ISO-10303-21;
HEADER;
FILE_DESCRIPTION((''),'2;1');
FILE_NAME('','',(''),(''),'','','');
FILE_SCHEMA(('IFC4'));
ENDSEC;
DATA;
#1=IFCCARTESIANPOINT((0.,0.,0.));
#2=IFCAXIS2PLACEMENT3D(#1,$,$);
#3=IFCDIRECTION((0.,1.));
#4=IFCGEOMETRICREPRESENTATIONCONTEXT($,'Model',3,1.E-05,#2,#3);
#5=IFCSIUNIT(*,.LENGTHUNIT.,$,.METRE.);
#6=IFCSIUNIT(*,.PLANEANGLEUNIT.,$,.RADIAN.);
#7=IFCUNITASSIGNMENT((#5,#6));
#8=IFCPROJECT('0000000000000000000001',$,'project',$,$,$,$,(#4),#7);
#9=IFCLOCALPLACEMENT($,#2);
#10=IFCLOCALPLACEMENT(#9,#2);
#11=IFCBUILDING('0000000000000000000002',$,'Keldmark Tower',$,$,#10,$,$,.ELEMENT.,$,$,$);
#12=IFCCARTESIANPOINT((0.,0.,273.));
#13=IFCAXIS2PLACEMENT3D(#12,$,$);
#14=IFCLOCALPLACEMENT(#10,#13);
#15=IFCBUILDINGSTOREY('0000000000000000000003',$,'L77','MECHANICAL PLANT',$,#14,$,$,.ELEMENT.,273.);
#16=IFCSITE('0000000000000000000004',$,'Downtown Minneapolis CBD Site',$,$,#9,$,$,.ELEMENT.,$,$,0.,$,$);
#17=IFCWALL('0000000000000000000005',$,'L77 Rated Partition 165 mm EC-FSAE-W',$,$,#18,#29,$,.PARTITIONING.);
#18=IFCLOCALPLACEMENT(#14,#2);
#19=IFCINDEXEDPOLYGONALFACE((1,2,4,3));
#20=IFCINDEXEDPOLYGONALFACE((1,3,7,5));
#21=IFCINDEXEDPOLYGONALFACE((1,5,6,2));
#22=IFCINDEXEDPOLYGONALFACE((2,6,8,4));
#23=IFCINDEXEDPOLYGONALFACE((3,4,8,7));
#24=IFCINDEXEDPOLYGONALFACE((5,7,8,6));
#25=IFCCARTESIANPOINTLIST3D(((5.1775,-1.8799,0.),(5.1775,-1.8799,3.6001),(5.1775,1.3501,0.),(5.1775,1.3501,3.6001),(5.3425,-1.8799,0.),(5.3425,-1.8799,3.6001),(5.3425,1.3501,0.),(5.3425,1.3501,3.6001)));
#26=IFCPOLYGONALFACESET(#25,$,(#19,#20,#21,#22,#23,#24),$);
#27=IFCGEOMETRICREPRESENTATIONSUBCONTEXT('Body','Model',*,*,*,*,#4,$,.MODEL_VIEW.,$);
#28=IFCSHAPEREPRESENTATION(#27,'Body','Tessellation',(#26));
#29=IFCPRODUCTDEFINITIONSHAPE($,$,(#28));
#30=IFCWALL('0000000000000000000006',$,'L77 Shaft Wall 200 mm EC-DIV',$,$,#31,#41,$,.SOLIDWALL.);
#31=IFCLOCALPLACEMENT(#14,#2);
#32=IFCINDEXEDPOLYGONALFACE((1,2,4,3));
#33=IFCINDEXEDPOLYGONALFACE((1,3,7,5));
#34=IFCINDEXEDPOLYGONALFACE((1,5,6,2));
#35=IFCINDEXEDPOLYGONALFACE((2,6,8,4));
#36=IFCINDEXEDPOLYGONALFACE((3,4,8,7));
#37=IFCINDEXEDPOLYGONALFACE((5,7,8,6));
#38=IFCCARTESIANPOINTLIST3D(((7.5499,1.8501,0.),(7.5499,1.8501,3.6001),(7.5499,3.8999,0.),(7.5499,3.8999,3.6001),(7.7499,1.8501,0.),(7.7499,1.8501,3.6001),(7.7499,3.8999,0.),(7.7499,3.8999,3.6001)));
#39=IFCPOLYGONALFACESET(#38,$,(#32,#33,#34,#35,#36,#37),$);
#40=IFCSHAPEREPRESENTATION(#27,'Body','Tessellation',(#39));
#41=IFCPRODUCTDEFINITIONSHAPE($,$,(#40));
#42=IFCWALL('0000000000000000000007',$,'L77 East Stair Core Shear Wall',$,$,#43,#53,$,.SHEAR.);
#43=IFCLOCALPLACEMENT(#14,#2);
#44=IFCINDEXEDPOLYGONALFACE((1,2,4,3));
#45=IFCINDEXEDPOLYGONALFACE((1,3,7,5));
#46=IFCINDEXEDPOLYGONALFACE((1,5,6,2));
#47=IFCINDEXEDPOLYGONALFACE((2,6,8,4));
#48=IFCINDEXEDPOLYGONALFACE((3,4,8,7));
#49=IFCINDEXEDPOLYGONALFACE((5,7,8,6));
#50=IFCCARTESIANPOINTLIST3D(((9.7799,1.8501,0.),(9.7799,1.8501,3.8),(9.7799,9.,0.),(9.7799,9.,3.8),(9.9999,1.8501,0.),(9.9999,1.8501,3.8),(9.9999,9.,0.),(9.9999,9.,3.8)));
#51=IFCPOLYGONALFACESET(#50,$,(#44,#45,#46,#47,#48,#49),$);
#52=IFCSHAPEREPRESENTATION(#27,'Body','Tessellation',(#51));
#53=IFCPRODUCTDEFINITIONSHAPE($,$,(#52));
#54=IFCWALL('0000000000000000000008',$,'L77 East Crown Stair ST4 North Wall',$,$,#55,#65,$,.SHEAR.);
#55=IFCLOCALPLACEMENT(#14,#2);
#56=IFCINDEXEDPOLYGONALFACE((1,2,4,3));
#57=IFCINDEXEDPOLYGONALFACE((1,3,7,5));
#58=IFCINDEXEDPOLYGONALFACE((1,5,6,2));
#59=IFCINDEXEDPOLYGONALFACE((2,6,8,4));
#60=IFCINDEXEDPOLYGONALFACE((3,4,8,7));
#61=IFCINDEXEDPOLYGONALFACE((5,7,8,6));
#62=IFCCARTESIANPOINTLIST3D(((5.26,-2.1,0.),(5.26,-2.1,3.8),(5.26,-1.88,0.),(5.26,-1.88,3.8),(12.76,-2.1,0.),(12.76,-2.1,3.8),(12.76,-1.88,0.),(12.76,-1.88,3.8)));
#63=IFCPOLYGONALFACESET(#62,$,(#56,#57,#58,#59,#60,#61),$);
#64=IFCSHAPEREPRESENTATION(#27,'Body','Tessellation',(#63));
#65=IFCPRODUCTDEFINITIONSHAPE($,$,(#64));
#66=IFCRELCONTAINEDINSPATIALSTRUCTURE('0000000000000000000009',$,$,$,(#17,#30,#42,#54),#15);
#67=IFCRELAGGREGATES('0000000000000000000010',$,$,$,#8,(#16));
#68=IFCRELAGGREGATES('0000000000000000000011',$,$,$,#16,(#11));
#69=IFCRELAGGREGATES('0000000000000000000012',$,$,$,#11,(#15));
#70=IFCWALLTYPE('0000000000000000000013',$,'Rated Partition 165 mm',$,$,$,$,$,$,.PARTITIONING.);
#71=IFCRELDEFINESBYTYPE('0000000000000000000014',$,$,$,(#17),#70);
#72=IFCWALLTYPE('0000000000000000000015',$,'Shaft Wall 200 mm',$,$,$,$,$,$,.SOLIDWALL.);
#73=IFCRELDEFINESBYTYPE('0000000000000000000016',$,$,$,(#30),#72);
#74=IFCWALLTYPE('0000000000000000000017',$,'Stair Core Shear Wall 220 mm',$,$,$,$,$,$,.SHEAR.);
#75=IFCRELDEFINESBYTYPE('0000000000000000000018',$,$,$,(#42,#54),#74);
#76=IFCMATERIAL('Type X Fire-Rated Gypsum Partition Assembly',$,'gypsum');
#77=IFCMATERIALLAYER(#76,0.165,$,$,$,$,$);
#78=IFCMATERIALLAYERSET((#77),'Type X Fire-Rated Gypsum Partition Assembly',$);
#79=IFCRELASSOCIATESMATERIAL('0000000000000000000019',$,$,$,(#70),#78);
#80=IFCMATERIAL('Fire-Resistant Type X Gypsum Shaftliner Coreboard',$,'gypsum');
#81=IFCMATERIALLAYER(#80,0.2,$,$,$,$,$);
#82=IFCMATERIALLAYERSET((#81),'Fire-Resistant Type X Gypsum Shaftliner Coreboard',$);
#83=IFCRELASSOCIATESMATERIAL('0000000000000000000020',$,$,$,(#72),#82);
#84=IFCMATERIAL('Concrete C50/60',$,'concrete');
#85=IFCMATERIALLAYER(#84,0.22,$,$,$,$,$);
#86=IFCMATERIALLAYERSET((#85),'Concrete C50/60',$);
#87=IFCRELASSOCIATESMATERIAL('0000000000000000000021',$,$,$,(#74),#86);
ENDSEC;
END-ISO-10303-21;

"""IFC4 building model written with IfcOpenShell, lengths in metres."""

from ifc_helpers import new_model, si_unit, direction, frame, frame_2d, origin, place, context, subcontext, project, spatial, rectangle, extrude, material, layer, layer_set, type_object, element, save


model = new_model("IFC4")

# Units and contexts
model_context = context("Model", 3, precision=1e-05, world=origin(), true_north=direction((0.0, 1.0)))
body_context = subcontext(model_context, "Body", "Model", "MODEL_VIEW")
ifc_project = project(units=[si_unit("LENGTHUNIT", "METRE"), si_unit("PLANEANGLEUNIT", "RADIAN")], contexts=[model_context])

# Site, building, storey
site_placement = place(None, origin())
site = spatial("IfcSite", under=ifc_project, at=site_placement, Name="Downtown Minneapolis CBD Site", CompositionType="ELEMENT", RefElevation=0.0)
building_placement = place(site_placement, origin())
building = spatial("IfcBuilding", under=site, at=building_placement, Name="Keldmark Tower", CompositionType="ELEMENT")
storey_placement = place(building_placement, frame((0.0, 0.0, 273.0)))
storey = spatial("IfcBuildingStorey", under=building, at=storey_placement, Name="L77", Description="MECHANICAL PLANT", CompositionType="ELEMENT", Elevation=273.0)

# Walls
ifc_material_1 = material(Name="Type X Fire-Rated Gypsum Partition Assembly", Category="gypsum")
ifc_layer_1 = layer(ifc_material_1, 0.165)
ifc_layer_set_1 = layer_set([ifc_layer_1], Name="Type X Fire-Rated Gypsum Partition Assembly")
wall_type_1 = type_object("IfcWallType", Name="Rated Partition 165 mm", PredefinedType="PARTITIONING", material=ifc_layer_set_1)
wall_1_placement = place(storey_placement, frame((5.26, -1.8799, 0.0), z_axis=(0.0, 0.0, 1.0), x_axis=(0.0, 1.0, 0.0)))
element("IfcWall", 1, at=wall_1_placement, inside=storey, type_object=wall_type_1, Name="L77 Rated Partition 165 mm EC-FSAE-W", PredefinedType="PARTITIONING", context=body_context, shape_type="SweptSolid", body=[
    extrude(rectangle(XDim=3.23, YDim=0.165, at=frame_2d((1.615, 0.0))), origin(), (0.0, 0.0, 1.0), 3.6001),
])
ifc_material_2 = material(Name="Fire-Resistant Type X Gypsum Shaftliner Coreboard", Category="gypsum")
ifc_layer_2 = layer(ifc_material_2, 0.2)
ifc_layer_set_2 = layer_set([ifc_layer_2], Name="Fire-Resistant Type X Gypsum Shaftliner Coreboard")
wall_type_2 = type_object("IfcWallType", Name="Shaft Wall 200 mm", PredefinedType="SOLIDWALL", material=ifc_layer_set_2)
wall_2_placement = place(storey_placement, frame((7.6499, 1.8501, 0.0), z_axis=(0.0, 0.0, 1.0), x_axis=(0.0, 1.0, 0.0)))
element("IfcWall", 2, at=wall_2_placement, inside=storey, type_object=wall_type_2, Name="L77 Shaft Wall 200 mm EC-DIV", PredefinedType="SOLIDWALL", context=body_context, shape_type="SweptSolid", body=[
    extrude(rectangle(XDim=2.0498, YDim=0.2, at=frame_2d((1.0249, 0.0))), origin(), (0.0, 0.0, 1.0), 3.6001),
])
ifc_material_3 = material(Name="Concrete C50/60", Category="concrete")
ifc_layer_3 = layer(ifc_material_3, 0.22)
ifc_layer_set_3 = layer_set([ifc_layer_3], Name="Concrete C50/60")
wall_type_3 = type_object("IfcWallType", Name="Stair Core Shear Wall 220 mm", PredefinedType="SHEAR", material=ifc_layer_set_3)
wall_3_placement = place(storey_placement, frame((9.8899, 1.8501, 0.0), z_axis=(0.0, 0.0, 1.0), x_axis=(0.0, 1.0, 0.0)))
element("IfcWall", 3, at=wall_3_placement, inside=storey, type_object=wall_type_3, Name="L77 East Stair Core Shear Wall", PredefinedType="SHEAR", context=body_context, shape_type="SweptSolid", body=[
    extrude(rectangle(XDim=7.1499, YDim=0.22, at=frame_2d((3.575, 0.0))), origin(), (0.0, 0.0, 1.0), 3.8),
])
wall_4_placement = place(storey_placement, frame((5.26, -1.99, 0.0), z_axis=(0.0, 0.0, 1.0), x_axis=(1.0, 0.0, 0.0)))
element("IfcWall", 4, at=wall_4_placement, inside=storey, type_object=wall_type_3, Name="L77 East Crown Stair ST4 North Wall", PredefinedType="SHEAR", context=body_context, shape_type="SweptSolid", body=[
    extrude(rectangle(XDim=7.5, YDim=0.22, at=frame_2d((3.75, 0.0))), origin(), (0.0, 0.0, 1.0), 3.8),
])

save(model, "model.ifc")
